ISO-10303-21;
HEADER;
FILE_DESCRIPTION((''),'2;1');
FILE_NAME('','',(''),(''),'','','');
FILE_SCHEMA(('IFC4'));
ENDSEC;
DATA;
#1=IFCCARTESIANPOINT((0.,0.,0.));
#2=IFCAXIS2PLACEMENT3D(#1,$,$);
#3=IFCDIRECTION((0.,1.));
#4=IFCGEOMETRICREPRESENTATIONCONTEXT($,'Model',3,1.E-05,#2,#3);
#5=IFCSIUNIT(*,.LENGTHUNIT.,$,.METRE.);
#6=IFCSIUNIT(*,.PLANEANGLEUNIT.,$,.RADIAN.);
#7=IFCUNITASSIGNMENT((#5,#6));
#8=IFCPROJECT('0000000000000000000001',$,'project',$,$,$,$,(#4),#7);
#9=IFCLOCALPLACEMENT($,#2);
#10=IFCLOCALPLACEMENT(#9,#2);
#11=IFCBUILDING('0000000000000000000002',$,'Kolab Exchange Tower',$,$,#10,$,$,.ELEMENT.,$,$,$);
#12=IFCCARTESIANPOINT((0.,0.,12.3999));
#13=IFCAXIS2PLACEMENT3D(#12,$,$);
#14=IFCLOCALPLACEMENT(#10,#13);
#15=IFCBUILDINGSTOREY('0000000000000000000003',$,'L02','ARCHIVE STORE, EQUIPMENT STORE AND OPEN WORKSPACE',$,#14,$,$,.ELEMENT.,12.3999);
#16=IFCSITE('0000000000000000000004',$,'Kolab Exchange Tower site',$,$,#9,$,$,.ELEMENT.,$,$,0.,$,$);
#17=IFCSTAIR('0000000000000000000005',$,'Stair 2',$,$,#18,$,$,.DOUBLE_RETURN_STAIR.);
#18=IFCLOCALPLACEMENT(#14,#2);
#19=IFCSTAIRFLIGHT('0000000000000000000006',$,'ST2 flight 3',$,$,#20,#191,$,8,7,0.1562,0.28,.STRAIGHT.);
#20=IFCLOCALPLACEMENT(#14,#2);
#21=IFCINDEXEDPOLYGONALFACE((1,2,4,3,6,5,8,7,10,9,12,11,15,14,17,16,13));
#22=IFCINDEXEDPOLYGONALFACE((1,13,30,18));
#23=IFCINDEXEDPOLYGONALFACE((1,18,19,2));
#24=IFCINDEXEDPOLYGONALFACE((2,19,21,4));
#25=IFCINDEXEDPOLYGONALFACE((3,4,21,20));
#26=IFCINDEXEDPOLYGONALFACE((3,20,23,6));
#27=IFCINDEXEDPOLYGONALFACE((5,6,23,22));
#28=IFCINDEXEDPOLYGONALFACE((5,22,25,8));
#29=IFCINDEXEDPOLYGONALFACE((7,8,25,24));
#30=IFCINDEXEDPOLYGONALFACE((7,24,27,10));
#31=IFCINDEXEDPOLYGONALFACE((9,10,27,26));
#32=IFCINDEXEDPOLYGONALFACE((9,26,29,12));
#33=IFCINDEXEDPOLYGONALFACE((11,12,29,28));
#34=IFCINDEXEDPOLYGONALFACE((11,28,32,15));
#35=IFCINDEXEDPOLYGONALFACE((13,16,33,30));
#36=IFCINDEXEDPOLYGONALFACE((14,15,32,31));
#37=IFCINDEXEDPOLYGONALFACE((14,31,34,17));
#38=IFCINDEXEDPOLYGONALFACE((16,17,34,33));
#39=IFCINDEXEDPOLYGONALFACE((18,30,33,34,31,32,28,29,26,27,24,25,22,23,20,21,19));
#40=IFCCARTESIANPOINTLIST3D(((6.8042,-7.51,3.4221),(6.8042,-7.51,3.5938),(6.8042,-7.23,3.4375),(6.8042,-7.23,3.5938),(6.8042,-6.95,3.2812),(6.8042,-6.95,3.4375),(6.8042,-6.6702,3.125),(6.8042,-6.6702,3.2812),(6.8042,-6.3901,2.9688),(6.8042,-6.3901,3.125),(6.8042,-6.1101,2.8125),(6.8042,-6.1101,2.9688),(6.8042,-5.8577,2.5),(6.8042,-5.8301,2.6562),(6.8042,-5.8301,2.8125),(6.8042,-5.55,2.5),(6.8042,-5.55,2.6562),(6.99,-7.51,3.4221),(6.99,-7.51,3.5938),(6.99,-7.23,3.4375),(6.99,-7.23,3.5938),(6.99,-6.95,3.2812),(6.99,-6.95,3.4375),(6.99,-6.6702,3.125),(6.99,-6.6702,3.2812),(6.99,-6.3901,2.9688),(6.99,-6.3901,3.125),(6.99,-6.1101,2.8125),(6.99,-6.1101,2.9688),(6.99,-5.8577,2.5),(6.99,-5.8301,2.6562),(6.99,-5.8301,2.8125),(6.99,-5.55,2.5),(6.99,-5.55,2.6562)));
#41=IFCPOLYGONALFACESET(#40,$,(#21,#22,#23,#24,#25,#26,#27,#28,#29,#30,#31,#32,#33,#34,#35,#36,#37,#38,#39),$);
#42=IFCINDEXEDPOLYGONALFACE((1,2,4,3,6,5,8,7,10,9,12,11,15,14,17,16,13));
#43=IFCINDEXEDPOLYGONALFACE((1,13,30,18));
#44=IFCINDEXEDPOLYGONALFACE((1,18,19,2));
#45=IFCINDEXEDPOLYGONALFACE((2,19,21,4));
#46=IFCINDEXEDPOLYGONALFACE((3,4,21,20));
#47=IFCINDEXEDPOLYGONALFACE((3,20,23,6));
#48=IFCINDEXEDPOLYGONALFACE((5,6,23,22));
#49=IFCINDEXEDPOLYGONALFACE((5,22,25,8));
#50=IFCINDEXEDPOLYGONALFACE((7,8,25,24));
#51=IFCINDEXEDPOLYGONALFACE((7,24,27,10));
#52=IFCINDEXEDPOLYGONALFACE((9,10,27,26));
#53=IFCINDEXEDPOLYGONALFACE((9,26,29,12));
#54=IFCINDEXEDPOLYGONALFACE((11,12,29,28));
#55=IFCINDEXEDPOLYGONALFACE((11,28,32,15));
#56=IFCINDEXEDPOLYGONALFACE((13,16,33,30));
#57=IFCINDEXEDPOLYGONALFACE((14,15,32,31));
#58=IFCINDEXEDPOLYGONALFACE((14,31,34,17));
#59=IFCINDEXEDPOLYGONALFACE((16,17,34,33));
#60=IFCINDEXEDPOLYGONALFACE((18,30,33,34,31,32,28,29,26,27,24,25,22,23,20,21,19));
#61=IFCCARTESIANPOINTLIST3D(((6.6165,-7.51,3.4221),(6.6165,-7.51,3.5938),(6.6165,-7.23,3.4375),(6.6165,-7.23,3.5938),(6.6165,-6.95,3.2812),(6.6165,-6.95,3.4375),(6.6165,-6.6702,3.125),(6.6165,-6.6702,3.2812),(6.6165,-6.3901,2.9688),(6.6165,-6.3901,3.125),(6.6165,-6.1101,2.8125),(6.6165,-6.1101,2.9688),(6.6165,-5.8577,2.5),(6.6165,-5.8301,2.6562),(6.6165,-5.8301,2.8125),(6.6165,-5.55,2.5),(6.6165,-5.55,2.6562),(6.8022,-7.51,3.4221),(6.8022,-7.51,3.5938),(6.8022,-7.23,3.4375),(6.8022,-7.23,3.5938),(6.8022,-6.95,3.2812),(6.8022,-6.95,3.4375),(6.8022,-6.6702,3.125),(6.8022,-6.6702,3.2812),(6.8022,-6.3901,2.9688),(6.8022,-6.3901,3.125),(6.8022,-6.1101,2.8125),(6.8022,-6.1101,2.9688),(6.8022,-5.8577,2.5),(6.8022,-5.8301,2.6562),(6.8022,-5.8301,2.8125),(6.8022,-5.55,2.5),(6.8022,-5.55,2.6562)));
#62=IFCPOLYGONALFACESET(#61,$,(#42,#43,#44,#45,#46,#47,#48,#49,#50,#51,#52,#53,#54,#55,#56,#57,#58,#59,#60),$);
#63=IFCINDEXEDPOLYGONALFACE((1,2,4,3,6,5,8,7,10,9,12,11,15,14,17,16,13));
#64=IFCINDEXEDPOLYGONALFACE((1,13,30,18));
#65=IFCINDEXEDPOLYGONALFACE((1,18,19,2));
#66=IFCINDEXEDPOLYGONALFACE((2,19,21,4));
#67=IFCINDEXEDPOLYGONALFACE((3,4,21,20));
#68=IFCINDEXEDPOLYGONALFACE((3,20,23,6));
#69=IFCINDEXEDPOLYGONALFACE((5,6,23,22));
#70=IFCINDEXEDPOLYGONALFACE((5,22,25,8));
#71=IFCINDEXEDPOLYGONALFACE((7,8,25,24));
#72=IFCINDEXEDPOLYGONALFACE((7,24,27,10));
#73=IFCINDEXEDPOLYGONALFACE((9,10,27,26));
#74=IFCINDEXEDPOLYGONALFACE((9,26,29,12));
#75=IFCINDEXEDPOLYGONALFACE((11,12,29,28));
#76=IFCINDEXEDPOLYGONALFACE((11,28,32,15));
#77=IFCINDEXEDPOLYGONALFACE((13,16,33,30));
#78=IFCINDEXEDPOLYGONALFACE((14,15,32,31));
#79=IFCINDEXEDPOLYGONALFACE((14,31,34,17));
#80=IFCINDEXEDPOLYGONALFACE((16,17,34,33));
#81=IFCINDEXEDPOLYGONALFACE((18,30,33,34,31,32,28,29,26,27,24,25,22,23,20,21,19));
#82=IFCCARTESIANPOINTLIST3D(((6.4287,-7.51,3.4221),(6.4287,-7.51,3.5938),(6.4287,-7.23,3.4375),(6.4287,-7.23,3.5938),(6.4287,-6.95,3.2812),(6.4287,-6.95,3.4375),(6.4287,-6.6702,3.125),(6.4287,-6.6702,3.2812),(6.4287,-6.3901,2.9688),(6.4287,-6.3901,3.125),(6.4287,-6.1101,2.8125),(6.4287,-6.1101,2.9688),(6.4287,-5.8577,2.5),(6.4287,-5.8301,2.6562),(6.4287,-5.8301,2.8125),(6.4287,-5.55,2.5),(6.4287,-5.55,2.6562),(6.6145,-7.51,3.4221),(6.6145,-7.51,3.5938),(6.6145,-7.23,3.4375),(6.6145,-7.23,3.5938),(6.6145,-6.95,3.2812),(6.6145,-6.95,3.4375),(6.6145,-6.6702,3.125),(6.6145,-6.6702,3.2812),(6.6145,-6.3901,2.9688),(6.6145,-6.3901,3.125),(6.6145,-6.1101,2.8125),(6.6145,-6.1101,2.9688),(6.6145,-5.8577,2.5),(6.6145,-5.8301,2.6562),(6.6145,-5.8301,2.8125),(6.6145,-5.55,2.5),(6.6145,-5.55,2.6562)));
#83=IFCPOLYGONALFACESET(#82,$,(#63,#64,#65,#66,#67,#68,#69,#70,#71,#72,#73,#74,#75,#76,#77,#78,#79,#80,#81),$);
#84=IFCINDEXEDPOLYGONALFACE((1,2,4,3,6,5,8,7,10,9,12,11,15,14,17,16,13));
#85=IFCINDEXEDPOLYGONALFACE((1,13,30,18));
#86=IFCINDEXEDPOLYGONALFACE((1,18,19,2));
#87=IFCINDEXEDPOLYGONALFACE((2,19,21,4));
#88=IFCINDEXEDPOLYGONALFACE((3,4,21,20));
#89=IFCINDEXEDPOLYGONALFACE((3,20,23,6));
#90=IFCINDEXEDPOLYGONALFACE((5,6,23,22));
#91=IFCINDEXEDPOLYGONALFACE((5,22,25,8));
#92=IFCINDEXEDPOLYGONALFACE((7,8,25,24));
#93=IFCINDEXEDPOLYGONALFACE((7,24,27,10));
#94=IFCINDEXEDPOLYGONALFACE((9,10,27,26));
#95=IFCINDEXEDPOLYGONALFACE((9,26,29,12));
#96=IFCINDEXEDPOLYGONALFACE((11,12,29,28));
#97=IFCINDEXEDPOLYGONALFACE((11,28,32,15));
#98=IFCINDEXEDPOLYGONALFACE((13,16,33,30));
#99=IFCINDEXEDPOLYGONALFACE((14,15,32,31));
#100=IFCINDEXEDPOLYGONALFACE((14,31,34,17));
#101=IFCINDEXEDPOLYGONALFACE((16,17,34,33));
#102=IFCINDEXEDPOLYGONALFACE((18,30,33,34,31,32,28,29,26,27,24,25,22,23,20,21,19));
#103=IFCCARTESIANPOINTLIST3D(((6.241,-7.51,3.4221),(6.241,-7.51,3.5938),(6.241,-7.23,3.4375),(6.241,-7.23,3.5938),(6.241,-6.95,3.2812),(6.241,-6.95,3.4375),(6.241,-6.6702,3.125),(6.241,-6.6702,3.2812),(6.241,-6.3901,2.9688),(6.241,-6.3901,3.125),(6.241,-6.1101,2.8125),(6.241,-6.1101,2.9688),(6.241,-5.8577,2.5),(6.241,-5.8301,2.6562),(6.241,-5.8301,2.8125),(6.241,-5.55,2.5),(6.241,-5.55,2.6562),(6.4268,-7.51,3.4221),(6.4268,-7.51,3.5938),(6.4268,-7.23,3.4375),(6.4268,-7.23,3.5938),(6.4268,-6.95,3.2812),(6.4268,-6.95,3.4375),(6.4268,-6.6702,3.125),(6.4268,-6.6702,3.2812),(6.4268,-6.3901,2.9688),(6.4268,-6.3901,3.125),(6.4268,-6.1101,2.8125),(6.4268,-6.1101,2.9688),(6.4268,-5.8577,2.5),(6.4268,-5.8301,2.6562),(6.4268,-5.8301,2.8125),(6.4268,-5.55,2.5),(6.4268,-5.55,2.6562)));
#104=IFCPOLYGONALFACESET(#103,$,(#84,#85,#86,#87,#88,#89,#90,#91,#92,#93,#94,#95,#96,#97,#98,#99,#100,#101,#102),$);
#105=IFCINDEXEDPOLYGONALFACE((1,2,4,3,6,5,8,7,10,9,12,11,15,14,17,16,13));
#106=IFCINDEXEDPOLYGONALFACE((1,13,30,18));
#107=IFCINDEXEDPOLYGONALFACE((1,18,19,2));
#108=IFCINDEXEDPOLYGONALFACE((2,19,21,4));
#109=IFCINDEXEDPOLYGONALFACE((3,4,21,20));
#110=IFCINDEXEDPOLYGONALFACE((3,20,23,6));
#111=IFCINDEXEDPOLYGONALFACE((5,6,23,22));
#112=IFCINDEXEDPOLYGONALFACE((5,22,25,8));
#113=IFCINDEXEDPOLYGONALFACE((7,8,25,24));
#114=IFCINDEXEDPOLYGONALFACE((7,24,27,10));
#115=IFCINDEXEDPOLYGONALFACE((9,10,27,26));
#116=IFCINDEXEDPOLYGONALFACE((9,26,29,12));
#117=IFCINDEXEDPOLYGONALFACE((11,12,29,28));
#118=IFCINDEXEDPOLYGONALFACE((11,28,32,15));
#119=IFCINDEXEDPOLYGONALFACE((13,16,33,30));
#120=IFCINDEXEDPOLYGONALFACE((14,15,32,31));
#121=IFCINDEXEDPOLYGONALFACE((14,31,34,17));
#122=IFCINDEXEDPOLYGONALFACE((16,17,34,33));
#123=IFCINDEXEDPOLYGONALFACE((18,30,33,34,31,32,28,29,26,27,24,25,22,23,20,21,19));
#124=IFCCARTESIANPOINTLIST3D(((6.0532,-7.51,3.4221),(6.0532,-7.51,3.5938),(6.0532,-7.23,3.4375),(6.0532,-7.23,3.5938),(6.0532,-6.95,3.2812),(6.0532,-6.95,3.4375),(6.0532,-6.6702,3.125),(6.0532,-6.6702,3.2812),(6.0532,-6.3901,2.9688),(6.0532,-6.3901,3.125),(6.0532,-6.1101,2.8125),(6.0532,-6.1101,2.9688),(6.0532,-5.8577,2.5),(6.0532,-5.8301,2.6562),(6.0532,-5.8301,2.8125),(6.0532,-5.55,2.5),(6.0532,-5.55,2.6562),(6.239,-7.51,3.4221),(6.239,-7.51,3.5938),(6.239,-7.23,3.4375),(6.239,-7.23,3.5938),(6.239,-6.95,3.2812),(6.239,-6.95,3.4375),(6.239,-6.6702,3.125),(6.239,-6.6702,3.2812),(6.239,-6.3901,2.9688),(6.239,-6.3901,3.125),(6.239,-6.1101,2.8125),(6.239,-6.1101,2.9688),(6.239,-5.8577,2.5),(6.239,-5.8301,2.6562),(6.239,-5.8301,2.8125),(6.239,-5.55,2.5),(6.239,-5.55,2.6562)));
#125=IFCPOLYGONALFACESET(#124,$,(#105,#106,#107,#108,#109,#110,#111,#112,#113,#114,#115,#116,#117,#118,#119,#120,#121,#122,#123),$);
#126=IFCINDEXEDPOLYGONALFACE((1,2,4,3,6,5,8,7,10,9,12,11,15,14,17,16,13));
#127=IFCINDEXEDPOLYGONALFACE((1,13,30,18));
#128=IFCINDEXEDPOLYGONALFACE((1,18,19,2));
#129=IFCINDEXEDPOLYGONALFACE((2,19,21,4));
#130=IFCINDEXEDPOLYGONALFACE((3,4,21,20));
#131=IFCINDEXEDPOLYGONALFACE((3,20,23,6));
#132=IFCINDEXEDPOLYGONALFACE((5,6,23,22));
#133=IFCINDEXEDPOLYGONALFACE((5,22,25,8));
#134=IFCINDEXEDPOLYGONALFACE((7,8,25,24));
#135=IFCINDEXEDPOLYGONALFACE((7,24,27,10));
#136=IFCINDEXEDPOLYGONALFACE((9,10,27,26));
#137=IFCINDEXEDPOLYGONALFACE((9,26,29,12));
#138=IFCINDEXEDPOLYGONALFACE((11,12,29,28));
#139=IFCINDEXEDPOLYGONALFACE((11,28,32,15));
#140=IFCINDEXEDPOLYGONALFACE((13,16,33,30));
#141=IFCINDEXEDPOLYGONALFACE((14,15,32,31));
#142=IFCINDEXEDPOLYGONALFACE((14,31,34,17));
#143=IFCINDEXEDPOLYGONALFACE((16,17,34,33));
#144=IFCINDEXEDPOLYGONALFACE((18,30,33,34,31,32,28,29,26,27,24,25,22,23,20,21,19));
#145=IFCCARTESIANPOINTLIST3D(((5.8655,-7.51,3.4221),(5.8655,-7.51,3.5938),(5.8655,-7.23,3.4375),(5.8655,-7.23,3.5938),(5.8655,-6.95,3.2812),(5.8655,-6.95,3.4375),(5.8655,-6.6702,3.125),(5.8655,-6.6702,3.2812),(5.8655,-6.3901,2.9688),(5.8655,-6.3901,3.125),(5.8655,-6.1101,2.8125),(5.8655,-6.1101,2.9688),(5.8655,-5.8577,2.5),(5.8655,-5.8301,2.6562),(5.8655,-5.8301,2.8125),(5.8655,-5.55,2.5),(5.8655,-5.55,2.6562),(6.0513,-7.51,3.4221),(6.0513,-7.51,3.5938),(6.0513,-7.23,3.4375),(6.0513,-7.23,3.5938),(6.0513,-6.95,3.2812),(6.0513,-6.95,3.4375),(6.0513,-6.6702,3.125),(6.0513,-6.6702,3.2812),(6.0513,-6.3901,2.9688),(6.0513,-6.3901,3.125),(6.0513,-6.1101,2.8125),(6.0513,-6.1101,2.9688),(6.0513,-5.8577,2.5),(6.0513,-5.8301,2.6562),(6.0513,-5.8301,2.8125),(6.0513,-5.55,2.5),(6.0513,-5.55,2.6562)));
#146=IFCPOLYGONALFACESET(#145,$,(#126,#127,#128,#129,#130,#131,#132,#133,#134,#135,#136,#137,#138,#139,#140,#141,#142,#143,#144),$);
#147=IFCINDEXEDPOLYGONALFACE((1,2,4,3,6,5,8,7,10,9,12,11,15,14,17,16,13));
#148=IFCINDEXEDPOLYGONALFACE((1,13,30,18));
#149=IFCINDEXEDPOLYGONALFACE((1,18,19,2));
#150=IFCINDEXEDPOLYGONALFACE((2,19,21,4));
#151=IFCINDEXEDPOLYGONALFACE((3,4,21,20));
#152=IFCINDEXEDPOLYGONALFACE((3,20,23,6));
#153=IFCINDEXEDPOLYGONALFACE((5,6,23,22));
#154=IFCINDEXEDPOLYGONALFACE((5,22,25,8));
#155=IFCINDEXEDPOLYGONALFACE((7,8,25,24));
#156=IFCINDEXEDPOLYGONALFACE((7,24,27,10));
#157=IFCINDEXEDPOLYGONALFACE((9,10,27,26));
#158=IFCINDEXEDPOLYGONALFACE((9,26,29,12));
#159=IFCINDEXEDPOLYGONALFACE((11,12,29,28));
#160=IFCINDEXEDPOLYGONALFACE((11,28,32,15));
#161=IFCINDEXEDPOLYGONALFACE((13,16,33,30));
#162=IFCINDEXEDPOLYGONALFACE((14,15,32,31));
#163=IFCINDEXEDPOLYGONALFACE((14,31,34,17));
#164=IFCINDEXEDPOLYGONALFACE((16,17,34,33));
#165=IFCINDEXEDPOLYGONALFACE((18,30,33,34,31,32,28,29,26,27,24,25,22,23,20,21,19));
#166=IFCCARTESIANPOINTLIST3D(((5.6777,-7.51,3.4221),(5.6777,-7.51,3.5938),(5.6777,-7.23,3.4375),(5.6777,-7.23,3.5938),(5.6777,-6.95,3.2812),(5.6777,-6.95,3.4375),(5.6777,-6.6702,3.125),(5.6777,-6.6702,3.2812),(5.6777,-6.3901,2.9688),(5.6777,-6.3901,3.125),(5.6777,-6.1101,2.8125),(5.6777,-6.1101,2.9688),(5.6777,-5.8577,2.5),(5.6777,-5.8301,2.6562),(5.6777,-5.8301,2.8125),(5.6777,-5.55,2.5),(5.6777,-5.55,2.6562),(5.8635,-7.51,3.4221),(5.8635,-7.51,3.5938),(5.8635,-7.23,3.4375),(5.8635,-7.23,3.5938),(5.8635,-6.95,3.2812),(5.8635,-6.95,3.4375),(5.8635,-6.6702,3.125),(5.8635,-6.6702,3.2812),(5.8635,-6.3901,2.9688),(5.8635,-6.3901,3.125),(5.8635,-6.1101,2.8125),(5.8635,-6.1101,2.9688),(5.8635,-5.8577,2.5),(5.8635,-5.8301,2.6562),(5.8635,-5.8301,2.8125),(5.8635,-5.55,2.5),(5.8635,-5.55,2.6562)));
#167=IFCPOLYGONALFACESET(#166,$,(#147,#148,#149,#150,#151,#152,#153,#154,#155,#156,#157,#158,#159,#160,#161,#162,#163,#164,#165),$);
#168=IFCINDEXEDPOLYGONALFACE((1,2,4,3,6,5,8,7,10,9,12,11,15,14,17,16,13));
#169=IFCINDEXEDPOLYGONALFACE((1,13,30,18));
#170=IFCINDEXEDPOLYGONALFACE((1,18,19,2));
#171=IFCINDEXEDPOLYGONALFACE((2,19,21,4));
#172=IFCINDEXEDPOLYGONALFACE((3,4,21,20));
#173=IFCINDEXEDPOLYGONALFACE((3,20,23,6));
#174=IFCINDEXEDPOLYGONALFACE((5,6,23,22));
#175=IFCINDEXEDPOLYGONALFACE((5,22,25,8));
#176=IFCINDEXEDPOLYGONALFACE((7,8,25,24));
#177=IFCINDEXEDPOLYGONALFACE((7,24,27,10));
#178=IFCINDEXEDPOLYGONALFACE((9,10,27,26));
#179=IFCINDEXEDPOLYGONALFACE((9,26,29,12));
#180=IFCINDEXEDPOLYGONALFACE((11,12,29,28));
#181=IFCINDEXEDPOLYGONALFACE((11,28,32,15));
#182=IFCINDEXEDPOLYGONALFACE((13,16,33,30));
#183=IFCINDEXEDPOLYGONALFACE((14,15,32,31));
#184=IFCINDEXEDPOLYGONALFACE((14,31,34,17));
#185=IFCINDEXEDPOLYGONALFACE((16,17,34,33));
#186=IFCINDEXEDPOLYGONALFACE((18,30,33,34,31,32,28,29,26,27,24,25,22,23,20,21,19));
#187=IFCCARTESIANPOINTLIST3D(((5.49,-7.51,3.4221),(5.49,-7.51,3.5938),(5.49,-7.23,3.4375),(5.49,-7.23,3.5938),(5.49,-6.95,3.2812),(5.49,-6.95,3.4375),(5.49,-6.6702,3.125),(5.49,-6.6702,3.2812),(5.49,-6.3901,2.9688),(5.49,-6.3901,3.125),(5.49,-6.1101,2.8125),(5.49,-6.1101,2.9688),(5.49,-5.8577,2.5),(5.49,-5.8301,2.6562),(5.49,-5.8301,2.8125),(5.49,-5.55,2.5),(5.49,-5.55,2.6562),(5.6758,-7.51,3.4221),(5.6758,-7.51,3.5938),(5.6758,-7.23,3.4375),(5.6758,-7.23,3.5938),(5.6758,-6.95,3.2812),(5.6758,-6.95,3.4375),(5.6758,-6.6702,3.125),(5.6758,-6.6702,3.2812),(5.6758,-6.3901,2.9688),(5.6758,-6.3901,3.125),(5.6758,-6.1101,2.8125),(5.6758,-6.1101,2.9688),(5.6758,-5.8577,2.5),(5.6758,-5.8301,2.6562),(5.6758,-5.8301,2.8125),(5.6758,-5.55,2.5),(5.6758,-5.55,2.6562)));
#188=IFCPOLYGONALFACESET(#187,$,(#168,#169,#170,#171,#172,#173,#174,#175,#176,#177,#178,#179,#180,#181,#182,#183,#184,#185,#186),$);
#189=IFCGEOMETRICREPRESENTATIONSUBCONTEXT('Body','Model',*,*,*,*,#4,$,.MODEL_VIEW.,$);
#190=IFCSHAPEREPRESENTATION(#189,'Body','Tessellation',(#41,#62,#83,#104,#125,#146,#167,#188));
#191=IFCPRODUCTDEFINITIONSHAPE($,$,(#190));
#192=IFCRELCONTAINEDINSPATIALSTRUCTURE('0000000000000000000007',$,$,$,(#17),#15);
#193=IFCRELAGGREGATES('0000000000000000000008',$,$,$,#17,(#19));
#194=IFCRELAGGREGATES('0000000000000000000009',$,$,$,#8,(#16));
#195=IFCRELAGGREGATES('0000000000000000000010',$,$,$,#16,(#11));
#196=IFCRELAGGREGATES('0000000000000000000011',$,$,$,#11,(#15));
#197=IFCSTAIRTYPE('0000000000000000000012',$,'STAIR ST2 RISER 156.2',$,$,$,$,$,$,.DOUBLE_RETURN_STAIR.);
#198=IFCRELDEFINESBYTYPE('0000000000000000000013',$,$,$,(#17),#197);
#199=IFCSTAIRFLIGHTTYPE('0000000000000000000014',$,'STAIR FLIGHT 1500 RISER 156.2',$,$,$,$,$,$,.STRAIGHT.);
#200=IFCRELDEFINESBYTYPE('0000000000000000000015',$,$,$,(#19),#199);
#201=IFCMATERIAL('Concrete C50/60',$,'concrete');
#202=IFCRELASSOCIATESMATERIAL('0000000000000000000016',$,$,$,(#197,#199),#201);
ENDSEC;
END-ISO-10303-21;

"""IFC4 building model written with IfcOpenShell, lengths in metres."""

from ifc_helpers import new_model, si_unit, direction, frame, origin, place, context, subcontext, project, spatial, polyline, outline, extrude, material, type_object, element, aggregate, save


model = new_model("IFC4")

# Units and contexts
model_context = context("Model", 3, precision=1e-05, world=origin(), true_north=direction((0.0, 1.0)))
body_context = subcontext(model_context, "Body", "Model", "MODEL_VIEW")
ifc_project = project(units=[si_unit("LENGTHUNIT", "METRE"), si_unit("PLANEANGLEUNIT", "RADIAN")], contexts=[model_context])

# Site, building, storey
site_placement = place(None, origin())
site = spatial("IfcSite", under=ifc_project, at=site_placement, Name="Kolab Exchange Tower site", CompositionType="ELEMENT", RefElevation=0.0)
building_placement = place(site_placement, origin())
building = spatial("IfcBuilding", under=site, at=building_placement, Name="Kolab Exchange Tower", CompositionType="ELEMENT")
storey_placement = place(building_placement, frame((0.0, 0.0, 12.3999)))
storey = spatial("IfcBuildingStorey", under=building, at=storey_placement, Name="L02", Description="ARCHIVE STORE, EQUIPMENT STORE AND OPEN WORKSPACE", CompositionType="ELEMENT", Elevation=12.3999)

# Shared definitions
ifc_material_1 = material(Name="Concrete C50/60", Category="concrete")

# Stair, stair flight
stair_type = type_object("IfcStairType", Name="STAIR ST2 RISER 156.2", PredefinedType="DOUBLE_RETURN_STAIR", material=ifc_material_1)
stair_placement = place(storey_placement, origin())
stair = element("IfcStair", 1, at=stair_placement, inside=storey, type_object=stair_type, Name="Stair 2", PredefinedType="DOUBLE_RETURN_STAIR")
stair_flight_type = type_object("IfcStairFlightType", Name="STAIR FLIGHT 1500 RISER 156.2", PredefinedType="STRAIGHT", material=ifc_material_1)
stair_flight_1_placement = place(storey_placement, frame((6.24, -5.55, 2.5), z_axis=(0.0, 0.0, 1.0), x_axis=(0.0, -1.0, 0.0)))
stair_flight_1 = element("IfcStairFlight", 2, at=stair_flight_1_placement, type_object=stair_flight_type, Name="ST2 flight 3", NumberOfRisers=8, NumberOfTreads=7, PredefinedType="STRAIGHT", RiserHeight=0.1562, TreadLength=0.28, context=body_context, shape_type="SweptSolid", body=[
    extrude(outline(polyline([(0.0, 0.0), (0.0, 0.1562), (0.28, 0.1562), (0.28, 0.3125), (0.5601, 0.3125), (0.5601, 0.4688), (0.8401, 0.4688), (0.8401, 0.625), (1.1201, 0.625), (1.1201, 0.7812), (1.3999, 0.7812), (1.3999, 0.9375), (1.6799, 0.9375), (1.6799, 1.0938), (1.96, 1.0938), (1.96, 1.25), (1.96, 0.9221), (0.3076, 0.0), (0.0, 0.0)])), frame((0.0, 0.75, 0.0), z_axis=(0.0, -1.0, 0.0), x_axis=(1.0, 0.0, 0.0)), (0.0, 0.0, 1.0), 0.1858),
    extrude(outline(polyline([(0.0, 0.0), (0.0, 0.1562), (0.28, 0.1562), (0.28, 0.3125), (0.5601, 0.3125), (0.5601, 0.4688), (0.8401, 0.4688), (0.8401, 0.625), (1.1201, 0.625), (1.1201, 0.7812), (1.3999, 0.7812), (1.3999, 0.9375), (1.6799, 0.9375), (1.6799, 1.0938), (1.96, 1.0938), (1.96, 1.25), (1.96, 0.9221), (0.3076, 0.0), (0.0, 0.0)])), frame((0.0, 0.5623, 0.0), z_axis=(0.0, -1.0, 0.0), x_axis=(1.0, 0.0, 0.0)), (0.0, 0.0, 1.0), 0.1858),
    extrude(outline(polyline([(0.0, 0.0), (0.0, 0.1562), (0.28, 0.1562), (0.28, 0.3125), (0.5601, 0.3125), (0.5601, 0.4688), (0.8401, 0.4688), (0.8401, 0.625), (1.1201, 0.625), (1.1201, 0.7812), (1.3999, 0.7812), (1.3999, 0.9375), (1.6799, 0.9375), (1.6799, 1.0938), (1.96, 1.0938), (1.96, 1.25), (1.96, 0.9221), (0.3076, 0.0), (0.0, 0.0)])), frame((0.0, 0.3745, 0.0), z_axis=(0.0, -1.0, 0.0), x_axis=(1.0, 0.0, 0.0)), (0.0, 0.0, 1.0), 0.1858),
    extrude(outline(polyline([(0.0, 0.0), (0.0, 0.1562), (0.28, 0.1562), (0.28, 0.3125), (0.5601, 0.3125), (0.5601, 0.4688), (0.8401, 0.4688), (0.8401, 0.625), (1.1201, 0.625), (1.1201, 0.7812), (1.3999, 0.7812), (1.3999, 0.9375), (1.6799, 0.9375), (1.6799, 1.0938), (1.96, 1.0938), (1.96, 1.25), (1.96, 0.9221), (0.3076, 0.0), (0.0, 0.0)])), frame((0.0, 0.1868, 0.0), z_axis=(0.0, -1.0, 0.0), x_axis=(1.0, 0.0, 0.0)), (0.0, 0.0, 1.0), 0.1858),
    extrude(outline(polyline([(0.0, 0.0), (0.0, 0.1562), (0.28, 0.1562), (0.28, 0.3125), (0.5601, 0.3125), (0.5601, 0.4688), (0.8401, 0.4688), (0.8401, 0.625), (1.1201, 0.625), (1.1201, 0.7812), (1.3999, 0.7812), (1.3999, 0.9375), (1.6799, 0.9375), (1.6799, 1.0938), (1.96, 1.0938), (1.96, 1.25), (1.96, 0.9221), (0.3076, 0.0), (0.0, 0.0)])), frame((0.0, -0.001, 0.0), z_axis=(0.0, -1.0, 0.0), x_axis=(1.0, 0.0, 0.0)), (0.0, 0.0, 1.0), 0.1858),
    extrude(outline(polyline([(0.0, 0.0), (0.0, 0.1562), (0.28, 0.1562), (0.28, 0.3125), (0.5601, 0.3125), (0.5601, 0.4688), (0.8401, 0.4688), (0.8401, 0.625), (1.1201, 0.625), (1.1201, 0.7812), (1.3999, 0.7812), (1.3999, 0.9375), (1.6799, 0.9375), (1.6799, 1.0938), (1.96, 1.0938), (1.96, 1.25), (1.96, 0.9221), (0.3076, 0.0), (0.0, 0.0)])), frame((0.0, -0.1887, 0.0), z_axis=(0.0, -1.0, 0.0), x_axis=(1.0, 0.0, 0.0)), (0.0, 0.0, 1.0), 0.1858),
    extrude(outline(polyline([(0.0, 0.0), (0.0, 0.1562), (0.28, 0.1562), (0.28, 0.3125), (0.5601, 0.3125), (0.5601, 0.4688), (0.8401, 0.4688), (0.8401, 0.625), (1.1201, 0.625), (1.1201, 0.7812), (1.3999, 0.7812), (1.3999, 0.9375), (1.6799, 0.9375), (1.6799, 1.0938), (1.96, 1.0938), (1.96, 1.25), (1.96, 0.9221), (0.3076, 0.0), (0.0, 0.0)])), frame((0.0, -0.3765, 0.0), z_axis=(0.0, -1.0, 0.0), x_axis=(1.0, 0.0, 0.0)), (0.0, 0.0, 1.0), 0.1858),
    extrude(outline(polyline([(0.0, 0.0), (0.0, 0.1562), (0.28, 0.1562), (0.28, 0.3125), (0.5601, 0.3125), (0.5601, 0.4688), (0.8401, 0.4688), (0.8401, 0.625), (1.1201, 0.625), (1.1201, 0.7812), (1.3999, 0.7812), (1.3999, 0.9375), (1.6799, 0.9375), (1.6799, 1.0938), (1.96, 1.0938), (1.96, 1.25), (1.96, 0.9221), (0.3076, 0.0), (0.0, 0.0)])), frame((0.0, -0.5642, 0.0), z_axis=(0.0, -1.0, 0.0), x_axis=(1.0, 0.0, 0.0)), (0.0, 0.0, 1.0), 0.1858),
])
aggregate(stair, [stair_flight_1])

save(model, "model.ifc")
